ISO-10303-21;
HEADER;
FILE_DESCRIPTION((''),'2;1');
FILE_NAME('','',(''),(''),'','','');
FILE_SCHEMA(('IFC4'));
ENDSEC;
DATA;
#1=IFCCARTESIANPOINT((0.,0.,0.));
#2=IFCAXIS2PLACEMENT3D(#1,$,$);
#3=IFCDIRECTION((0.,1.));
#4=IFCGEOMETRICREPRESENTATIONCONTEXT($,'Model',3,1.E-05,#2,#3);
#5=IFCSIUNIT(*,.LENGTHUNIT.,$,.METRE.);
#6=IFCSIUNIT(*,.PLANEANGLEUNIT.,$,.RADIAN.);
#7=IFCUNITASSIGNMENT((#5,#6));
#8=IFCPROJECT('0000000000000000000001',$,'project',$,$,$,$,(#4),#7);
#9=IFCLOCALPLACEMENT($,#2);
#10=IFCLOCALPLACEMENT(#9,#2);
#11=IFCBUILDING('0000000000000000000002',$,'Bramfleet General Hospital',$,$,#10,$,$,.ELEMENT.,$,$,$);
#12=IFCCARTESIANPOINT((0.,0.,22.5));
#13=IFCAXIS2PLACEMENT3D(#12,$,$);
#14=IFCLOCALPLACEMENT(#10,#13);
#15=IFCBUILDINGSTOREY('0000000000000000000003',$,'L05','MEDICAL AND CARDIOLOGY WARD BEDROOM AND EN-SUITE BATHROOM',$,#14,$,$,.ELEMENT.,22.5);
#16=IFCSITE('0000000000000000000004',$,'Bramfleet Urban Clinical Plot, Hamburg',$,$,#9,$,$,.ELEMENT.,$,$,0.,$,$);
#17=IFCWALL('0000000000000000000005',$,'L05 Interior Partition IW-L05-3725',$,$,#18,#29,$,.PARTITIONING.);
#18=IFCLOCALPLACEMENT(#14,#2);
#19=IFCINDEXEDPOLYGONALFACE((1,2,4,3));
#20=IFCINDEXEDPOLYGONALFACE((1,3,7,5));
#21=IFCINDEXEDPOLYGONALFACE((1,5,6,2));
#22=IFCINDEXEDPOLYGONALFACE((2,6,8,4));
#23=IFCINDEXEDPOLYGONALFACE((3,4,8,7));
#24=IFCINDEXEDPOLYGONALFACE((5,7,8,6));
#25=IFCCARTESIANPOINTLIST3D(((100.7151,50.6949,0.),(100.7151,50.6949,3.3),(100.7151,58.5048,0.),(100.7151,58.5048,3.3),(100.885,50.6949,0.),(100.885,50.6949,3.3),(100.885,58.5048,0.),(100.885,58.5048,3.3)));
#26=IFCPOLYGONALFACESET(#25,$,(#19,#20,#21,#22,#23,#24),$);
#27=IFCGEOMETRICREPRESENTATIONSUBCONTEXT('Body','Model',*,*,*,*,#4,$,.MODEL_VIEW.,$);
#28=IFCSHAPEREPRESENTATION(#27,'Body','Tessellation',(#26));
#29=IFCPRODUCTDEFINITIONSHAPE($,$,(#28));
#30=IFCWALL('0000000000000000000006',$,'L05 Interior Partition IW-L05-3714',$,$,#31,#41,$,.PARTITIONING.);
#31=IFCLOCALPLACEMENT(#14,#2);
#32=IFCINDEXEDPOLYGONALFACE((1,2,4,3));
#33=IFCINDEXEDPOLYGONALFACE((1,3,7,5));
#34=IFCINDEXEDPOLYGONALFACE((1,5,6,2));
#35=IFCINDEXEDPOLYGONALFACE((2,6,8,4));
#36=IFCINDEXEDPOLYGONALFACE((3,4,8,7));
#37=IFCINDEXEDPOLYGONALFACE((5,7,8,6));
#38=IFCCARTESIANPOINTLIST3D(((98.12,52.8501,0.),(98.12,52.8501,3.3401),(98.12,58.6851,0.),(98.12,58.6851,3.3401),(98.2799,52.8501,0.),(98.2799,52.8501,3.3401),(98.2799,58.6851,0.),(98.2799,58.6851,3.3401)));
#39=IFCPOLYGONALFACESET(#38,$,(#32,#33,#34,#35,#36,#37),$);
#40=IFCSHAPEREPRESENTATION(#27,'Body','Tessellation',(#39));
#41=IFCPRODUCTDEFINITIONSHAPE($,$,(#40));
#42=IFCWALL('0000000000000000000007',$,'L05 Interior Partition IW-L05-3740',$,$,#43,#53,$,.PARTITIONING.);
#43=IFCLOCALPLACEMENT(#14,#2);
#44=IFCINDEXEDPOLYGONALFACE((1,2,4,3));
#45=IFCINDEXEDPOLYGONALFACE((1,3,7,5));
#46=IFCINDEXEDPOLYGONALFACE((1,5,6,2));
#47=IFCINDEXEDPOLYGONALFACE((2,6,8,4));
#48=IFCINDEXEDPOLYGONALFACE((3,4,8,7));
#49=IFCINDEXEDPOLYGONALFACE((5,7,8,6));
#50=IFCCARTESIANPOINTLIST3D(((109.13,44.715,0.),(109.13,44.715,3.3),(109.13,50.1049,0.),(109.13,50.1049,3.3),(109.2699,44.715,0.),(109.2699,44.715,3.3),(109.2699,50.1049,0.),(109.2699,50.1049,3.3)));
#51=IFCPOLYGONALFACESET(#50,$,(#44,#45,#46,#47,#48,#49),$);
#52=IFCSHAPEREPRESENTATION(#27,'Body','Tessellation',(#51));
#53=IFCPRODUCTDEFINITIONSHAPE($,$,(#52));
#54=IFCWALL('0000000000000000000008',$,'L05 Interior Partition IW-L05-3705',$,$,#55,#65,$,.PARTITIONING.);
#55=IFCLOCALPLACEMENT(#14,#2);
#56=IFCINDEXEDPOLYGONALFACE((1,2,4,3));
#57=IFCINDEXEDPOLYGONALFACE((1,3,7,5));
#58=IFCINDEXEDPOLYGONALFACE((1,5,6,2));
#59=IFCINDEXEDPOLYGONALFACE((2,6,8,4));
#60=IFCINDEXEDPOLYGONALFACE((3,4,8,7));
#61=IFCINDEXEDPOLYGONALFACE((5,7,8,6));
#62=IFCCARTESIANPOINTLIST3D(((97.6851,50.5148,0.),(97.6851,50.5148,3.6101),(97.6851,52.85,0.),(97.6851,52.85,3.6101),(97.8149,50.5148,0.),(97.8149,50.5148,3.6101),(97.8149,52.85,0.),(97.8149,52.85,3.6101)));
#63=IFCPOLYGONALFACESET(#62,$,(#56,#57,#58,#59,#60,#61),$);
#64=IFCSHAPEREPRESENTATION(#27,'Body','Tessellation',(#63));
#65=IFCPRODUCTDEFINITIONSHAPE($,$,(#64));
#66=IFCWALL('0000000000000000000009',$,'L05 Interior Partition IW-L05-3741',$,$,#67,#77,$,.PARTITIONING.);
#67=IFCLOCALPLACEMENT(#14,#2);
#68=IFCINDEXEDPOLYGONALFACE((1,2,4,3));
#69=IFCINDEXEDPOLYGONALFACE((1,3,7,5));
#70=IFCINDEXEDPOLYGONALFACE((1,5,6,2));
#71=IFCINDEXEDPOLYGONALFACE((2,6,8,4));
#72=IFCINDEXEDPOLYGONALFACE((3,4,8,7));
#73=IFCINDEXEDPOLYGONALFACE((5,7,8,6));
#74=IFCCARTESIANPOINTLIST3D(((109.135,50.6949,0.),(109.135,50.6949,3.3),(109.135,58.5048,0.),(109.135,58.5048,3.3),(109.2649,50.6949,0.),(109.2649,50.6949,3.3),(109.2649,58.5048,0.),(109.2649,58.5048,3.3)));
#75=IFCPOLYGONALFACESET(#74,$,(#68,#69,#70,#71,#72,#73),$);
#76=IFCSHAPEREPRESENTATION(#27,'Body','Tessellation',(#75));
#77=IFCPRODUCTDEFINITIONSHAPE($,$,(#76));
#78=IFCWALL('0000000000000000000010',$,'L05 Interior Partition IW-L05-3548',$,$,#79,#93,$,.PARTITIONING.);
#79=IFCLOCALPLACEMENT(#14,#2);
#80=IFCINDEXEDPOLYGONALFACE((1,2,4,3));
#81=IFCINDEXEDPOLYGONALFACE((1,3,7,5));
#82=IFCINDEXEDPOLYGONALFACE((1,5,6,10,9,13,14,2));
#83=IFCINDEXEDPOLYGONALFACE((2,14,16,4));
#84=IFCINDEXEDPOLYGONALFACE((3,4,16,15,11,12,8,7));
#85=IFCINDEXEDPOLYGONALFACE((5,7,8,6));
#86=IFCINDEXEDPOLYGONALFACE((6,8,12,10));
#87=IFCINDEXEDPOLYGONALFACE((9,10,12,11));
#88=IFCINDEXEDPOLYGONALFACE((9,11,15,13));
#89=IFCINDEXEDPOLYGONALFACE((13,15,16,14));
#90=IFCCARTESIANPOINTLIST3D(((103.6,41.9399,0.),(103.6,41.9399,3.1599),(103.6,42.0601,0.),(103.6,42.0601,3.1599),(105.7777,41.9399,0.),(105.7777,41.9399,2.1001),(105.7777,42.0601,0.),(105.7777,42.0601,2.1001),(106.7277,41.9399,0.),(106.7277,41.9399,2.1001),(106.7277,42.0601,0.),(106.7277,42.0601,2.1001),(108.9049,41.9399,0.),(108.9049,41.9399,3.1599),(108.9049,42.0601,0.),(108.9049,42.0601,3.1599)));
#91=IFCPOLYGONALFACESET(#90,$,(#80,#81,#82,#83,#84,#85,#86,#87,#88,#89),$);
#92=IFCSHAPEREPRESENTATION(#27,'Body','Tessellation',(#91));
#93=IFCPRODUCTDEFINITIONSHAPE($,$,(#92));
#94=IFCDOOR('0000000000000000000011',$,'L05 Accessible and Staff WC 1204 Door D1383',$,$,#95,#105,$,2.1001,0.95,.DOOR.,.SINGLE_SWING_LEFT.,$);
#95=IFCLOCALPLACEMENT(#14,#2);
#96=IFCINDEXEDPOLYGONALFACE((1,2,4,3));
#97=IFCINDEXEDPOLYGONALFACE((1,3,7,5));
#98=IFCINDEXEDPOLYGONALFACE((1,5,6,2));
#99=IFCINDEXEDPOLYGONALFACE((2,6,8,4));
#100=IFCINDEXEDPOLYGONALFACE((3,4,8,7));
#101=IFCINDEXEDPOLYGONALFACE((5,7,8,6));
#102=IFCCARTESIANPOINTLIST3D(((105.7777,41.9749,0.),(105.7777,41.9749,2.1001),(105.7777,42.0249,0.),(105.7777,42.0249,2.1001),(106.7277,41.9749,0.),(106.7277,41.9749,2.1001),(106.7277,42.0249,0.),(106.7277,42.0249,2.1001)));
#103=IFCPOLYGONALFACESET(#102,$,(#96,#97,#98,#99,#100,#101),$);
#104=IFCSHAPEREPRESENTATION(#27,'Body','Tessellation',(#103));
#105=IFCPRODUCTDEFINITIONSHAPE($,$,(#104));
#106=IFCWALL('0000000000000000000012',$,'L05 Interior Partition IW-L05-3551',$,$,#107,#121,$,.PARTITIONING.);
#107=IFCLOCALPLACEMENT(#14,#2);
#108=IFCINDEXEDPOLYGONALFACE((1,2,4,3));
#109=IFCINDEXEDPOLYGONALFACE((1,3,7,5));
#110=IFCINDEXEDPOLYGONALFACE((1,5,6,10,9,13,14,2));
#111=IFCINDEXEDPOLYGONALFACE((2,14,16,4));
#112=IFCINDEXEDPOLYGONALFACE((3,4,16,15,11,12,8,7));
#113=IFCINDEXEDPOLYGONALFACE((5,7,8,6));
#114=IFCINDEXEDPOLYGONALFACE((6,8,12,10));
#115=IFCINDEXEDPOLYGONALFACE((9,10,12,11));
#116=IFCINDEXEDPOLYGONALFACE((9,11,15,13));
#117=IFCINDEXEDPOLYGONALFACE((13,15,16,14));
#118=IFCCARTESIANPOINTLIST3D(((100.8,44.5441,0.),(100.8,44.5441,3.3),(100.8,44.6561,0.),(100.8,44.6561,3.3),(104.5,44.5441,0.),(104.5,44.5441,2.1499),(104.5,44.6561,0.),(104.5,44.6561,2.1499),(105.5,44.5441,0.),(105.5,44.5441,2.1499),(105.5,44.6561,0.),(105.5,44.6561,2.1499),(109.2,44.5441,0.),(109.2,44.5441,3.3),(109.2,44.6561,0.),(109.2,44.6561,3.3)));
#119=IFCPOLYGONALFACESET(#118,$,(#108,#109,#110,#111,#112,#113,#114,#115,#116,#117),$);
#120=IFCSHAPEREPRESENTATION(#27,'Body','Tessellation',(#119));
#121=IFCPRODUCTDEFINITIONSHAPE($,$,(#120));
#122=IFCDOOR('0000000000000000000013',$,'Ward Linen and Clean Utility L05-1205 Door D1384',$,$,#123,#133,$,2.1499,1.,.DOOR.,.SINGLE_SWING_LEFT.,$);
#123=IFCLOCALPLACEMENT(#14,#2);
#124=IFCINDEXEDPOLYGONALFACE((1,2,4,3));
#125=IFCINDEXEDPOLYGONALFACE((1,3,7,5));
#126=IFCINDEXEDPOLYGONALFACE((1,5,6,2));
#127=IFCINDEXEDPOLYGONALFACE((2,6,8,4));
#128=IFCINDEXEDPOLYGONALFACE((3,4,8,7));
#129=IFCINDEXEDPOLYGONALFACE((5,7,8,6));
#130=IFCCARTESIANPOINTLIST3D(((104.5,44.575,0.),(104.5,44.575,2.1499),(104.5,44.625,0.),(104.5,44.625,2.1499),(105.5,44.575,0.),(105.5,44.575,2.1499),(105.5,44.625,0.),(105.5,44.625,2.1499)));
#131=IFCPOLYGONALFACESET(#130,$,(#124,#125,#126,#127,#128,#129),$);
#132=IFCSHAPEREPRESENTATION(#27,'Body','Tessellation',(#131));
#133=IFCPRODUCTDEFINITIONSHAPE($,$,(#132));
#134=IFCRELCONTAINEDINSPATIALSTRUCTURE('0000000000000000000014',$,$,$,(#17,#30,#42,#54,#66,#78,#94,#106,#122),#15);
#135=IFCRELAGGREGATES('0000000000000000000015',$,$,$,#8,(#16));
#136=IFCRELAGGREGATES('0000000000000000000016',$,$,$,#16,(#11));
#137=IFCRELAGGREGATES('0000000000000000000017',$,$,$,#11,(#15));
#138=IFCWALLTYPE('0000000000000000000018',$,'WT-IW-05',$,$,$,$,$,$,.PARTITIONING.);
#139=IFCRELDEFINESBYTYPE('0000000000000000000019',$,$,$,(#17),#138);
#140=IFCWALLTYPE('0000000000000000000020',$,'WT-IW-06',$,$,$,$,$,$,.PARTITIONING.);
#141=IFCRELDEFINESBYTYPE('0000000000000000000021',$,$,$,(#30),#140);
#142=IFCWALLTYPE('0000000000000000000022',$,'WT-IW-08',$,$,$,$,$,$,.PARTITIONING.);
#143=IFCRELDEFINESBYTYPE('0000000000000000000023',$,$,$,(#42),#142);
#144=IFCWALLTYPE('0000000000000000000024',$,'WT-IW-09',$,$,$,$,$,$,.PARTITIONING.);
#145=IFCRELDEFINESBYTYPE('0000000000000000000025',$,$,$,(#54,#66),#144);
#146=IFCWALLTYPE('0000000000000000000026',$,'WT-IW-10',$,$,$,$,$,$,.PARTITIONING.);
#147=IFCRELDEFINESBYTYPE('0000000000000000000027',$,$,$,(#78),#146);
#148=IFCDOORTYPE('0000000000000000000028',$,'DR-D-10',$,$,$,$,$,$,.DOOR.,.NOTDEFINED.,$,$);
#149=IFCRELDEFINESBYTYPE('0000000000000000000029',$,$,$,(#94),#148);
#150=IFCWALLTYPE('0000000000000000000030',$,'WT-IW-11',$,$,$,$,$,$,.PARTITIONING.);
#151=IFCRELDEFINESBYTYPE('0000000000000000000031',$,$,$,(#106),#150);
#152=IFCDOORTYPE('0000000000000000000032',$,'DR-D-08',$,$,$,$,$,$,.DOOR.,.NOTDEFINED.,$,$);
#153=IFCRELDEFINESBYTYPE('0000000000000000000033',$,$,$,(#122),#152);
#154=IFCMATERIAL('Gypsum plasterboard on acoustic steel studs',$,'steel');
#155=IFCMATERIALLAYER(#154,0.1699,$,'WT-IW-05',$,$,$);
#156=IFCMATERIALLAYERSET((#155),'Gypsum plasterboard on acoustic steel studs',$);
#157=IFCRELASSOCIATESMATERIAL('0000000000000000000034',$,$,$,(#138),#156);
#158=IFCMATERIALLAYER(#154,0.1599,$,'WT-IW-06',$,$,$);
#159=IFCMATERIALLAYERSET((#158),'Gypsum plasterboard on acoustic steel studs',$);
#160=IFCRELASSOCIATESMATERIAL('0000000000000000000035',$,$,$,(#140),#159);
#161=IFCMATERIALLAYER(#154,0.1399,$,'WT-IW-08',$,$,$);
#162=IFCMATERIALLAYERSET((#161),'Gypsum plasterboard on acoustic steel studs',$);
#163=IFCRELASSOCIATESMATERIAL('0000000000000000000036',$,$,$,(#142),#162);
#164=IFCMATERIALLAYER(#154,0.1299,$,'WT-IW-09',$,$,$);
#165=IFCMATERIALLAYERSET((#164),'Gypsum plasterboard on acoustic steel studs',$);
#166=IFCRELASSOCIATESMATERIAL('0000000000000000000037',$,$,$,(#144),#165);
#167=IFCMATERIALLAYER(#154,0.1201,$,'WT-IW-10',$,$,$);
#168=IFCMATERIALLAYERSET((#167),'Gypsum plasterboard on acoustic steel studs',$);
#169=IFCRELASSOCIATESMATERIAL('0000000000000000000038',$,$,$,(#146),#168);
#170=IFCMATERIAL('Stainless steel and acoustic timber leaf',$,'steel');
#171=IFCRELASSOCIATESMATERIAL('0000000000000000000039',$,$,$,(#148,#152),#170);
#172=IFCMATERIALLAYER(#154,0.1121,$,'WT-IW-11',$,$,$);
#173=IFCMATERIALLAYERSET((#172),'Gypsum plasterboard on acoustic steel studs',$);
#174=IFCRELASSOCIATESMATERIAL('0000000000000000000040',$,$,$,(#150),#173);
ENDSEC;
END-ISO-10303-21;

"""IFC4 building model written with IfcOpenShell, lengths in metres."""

from ifc_helpers import new_model, si_unit, direction, frame, frame_2d, origin, place, context, subcontext, project, spatial, rectangle, extrude, material, layer, layer_set, type_object, element, fill, save


model = new_model("IFC4")

# Units and contexts
model_context = context("Model", 3, precision=1e-05, world=origin(), true_north=direction((0.0, 1.0)))
body_context = subcontext(model_context, "Body", "Model", "MODEL_VIEW")
ifc_project = project(units=[si_unit("LENGTHUNIT", "METRE"), si_unit("PLANEANGLEUNIT", "RADIAN")], contexts=[model_context])

# Site, building, storey
site_placement = place(None, origin())
site = spatial("IfcSite", under=ifc_project, at=site_placement, Name="Bramfleet Urban Clinical Plot, Hamburg", CompositionType="ELEMENT", RefElevation=0.0)
building_placement = place(site_placement, origin())
building = spatial("IfcBuilding", under=site, at=building_placement, Name="Bramfleet General Hospital", CompositionType="ELEMENT")
storey_placement = place(building_placement, frame((0.0, 0.0, 22.5)))
storey = spatial("IfcBuildingStorey", under=building, at=storey_placement, Name="L05", Description="MEDICAL AND CARDIOLOGY WARD BEDROOM AND EN-SUITE BATHROOM", CompositionType="ELEMENT", Elevation=22.5)

# Walls
ifc_material_1 = material(Name="Gypsum plasterboard on acoustic steel studs", Category="steel")
ifc_layer_1 = layer(ifc_material_1, 0.1699, Name="WT-IW-05")
ifc_layer_set_1 = layer_set([ifc_layer_1], Name="Gypsum plasterboard on acoustic steel studs")
wall_type_1 = type_object("IfcWallType", Name="WT-IW-05", PredefinedType="PARTITIONING", material=ifc_layer_set_1)
wall_1_placement = place(storey_placement, frame((100.8, 50.6951, 0.0), z_axis=(0.0, 0.0, 1.0), x_axis=(0.0, 1.0, 0.0)))
element("IfcWall", 1, at=wall_1_placement, inside=storey, type_object=wall_type_1, Name="L05 Interior Partition IW-L05-3725", PredefinedType="PARTITIONING", context=body_context, shape_type="SweptSolid", body=[
    extrude(rectangle(XDim=7.8098, YDim=0.1699, at=frame_2d((3.9048, 0.0))), origin(), (0.0, 0.0, 1.0), 3.3),
])
ifc_layer_2 = layer(ifc_material_1, 0.1599, Name="WT-IW-06")
ifc_layer_set_2 = layer_set([ifc_layer_2], Name="Gypsum plasterboard on acoustic steel studs")
wall_type_2 = type_object("IfcWallType", Name="WT-IW-06", PredefinedType="PARTITIONING", material=ifc_layer_set_2)
wall_2_placement = place(storey_placement, frame((98.2, 52.8501, 0.0), z_axis=(0.0, 0.0, 1.0), x_axis=(0.0, 1.0, 0.0)))
element("IfcWall", 2, at=wall_2_placement, inside=storey, type_object=wall_type_2, Name="L05 Interior Partition IW-L05-3714", PredefinedType="PARTITIONING", context=body_context, shape_type="SweptSolid", body=[
    extrude(rectangle(XDim=5.835, YDim=0.1599, at=frame_2d((2.9175, 0.0))), origin(), (0.0, 0.0, 1.0), 3.3401),
])
ifc_layer_3 = layer(ifc_material_1, 0.1399, Name="WT-IW-08")
ifc_layer_set_3 = layer_set([ifc_layer_3], Name="Gypsum plasterboard on acoustic steel studs")
wall_type_3 = type_object("IfcWallType", Name="WT-IW-08", PredefinedType="PARTITIONING", material=ifc_layer_set_3)
wall_3_placement = place(storey_placement, frame((109.2, 44.7151, 0.0), z_axis=(0.0, 0.0, 1.0), x_axis=(0.0, 1.0, 0.0)))
element("IfcWall", 3, at=wall_3_placement, inside=storey, type_object=wall_type_3, Name="L05 Interior Partition IW-L05-3740", PredefinedType="PARTITIONING", context=body_context, shape_type="SweptSolid", body=[
    extrude(rectangle(XDim=5.3899, YDim=0.1399, at=frame_2d((2.6948, 0.0))), origin(), (0.0, 0.0, 1.0), 3.3),
])
ifc_layer_4 = layer(ifc_material_1, 0.1299, Name="WT-IW-09")
ifc_layer_set_4 = layer_set([ifc_layer_4], Name="Gypsum plasterboard on acoustic steel studs")
wall_type_4 = type_object("IfcWallType", Name="WT-IW-09", PredefinedType="PARTITIONING", material=ifc_layer_set_4)
wall_4_placement = place(storey_placement, frame((97.75, 50.5149, 0.0), z_axis=(0.0, 0.0, 1.0), x_axis=(0.0, 1.0, 0.0)))
element("IfcWall", 4, at=wall_4_placement, inside=storey, type_object=wall_type_4, Name="L05 Interior Partition IW-L05-3705", PredefinedType="PARTITIONING", context=body_context, shape_type="SweptSolid", body=[
    extrude(rectangle(XDim=2.3352, YDim=0.1299, at=frame_2d((1.1675, 0.0))), origin(), (0.0, 0.0, 1.0), 3.6101),
])
wall_5_placement = place(storey_placement, frame((109.2, 50.6951, 0.0), z_axis=(0.0, 0.0, 1.0), x_axis=(0.0, 1.0, 0.0)))
element("IfcWall", 5, at=wall_5_placement, inside=storey, type_object=wall_type_4, Name="L05 Interior Partition IW-L05-3741", PredefinedType="PARTITIONING", context=body_context, shape_type="SweptSolid", body=[
    extrude(rectangle(XDim=7.8098, YDim=0.1299, at=frame_2d((3.9048, 0.0))), origin(), (0.0, 0.0, 1.0), 3.3),
])

# Walls, openings, doors
ifc_layer_5 = layer(ifc_material_1, 0.1201, Name="WT-IW-10")
ifc_layer_set_5 = layer_set([ifc_layer_5], Name="Gypsum plasterboard on acoustic steel studs")
wall_type_5 = type_object("IfcWallType", Name="WT-IW-10", PredefinedType="PARTITIONING", material=ifc_layer_set_5)
wall_6_placement = place(storey_placement, frame((103.6001, 42.0, 0.0), z_axis=(0.0, 0.0, 1.0), x_axis=(1.0, 0.0, 0.0)))
wall_6 = element("IfcWall", 6, at=wall_6_placement, inside=storey, type_object=wall_type_5, Name="L05 Interior Partition IW-L05-3548", PredefinedType="PARTITIONING", context=body_context, shape_type="SweptSolid", body=[
    extrude(rectangle(XDim=5.3049, YDim=0.1201, at=frame_2d((2.6523, 0.0))), origin(), (0.0, 0.0, 1.0), 3.1599),
])
opening_1_placement = place(wall_6_placement, frame((2.1775, 0.0, 0.0)))
opening_1 = element("IfcOpeningElement", 7, at=opening_1_placement, cuts=wall_6, PredefinedType="OPENING", context=body_context, shape_type="SweptSolid", body=[
    extrude(rectangle(XDim=0.95, YDim=2.1001, at=frame_2d((0.4751, 1.05))), frame((0.0, 0.0701, 0.0), z_axis=(0.0, -1.0, 0.0), x_axis=(1.0, 0.0, 0.0)), (0.0, 0.0, 1.0), 0.1401),
])
ifc_material_2 = material(Name="Stainless steel and acoustic timber leaf", Category="steel")
door_type_1 = type_object("IfcDoorType", Name="DR-D-10", OperationType="NOTDEFINED", PredefinedType="DOOR", material=ifc_material_2)
door_1_placement = place(opening_1_placement, origin())
door_1 = element("IfcDoor", 8, at=door_1_placement, inside=storey, type_object=door_type_1, Name="L05 Accessible and Staff WC 1204 Door D1383", OperationType="SINGLE_SWING_LEFT", OverallHeight=2.1001, OverallWidth=0.95, PredefinedType="DOOR", context=body_context, shape_type="SweptSolid", body=[
    extrude(rectangle(XDim=0.95, YDim=2.1001, at=frame_2d((0.4751, 1.05))), frame((0.0, 0.0249, 0.0), z_axis=(0.0, -1.0, 0.0), x_axis=(1.0, 0.0, 0.0)), (0.0, 0.0, 1.0), 0.05),
])
fill(opening_1, door_1)
ifc_layer_6 = layer(ifc_material_1, 0.1121, Name="WT-IW-11")
ifc_layer_set_6 = layer_set([ifc_layer_6], Name="Gypsum plasterboard on acoustic steel studs")
wall_type_6 = type_object("IfcWallType", Name="WT-IW-11", PredefinedType="PARTITIONING", material=ifc_layer_set_6)
wall_7_placement = place(storey_placement, frame((100.8, 44.6001, 0.0), z_axis=(0.0, 0.0, 1.0), x_axis=(1.0, 0.0, 0.0)))
wall_7 = element("IfcWall", 9, at=wall_7_placement, inside=storey, type_object=wall_type_6, Name="L05 Interior Partition IW-L05-3551", PredefinedType="PARTITIONING", context=body_context, shape_type="SweptSolid", body=[
    extrude(rectangle(XDim=8.3999, YDim=0.1121, at=frame_2d((4.2, 0.0))), origin(), (0.0, 0.0, 1.0), 3.3),
])
opening_2_placement = place(wall_7_placement, frame((3.7, 0.0, 0.0)))
opening_2 = element("IfcOpeningElement", 10, at=opening_2_placement, cuts=wall_7, PredefinedType="OPENING", context=body_context, shape_type="SweptSolid", body=[
    extrude(rectangle(XDim=1.0, YDim=2.1499, at=frame_2d((0.5, 1.075))), frame((0.0, 0.0659, 0.0), z_axis=(0.0, -1.0, 0.0), x_axis=(1.0, 0.0, 0.0)), (0.0, 0.0, 1.0), 0.1321),
])
door_type_2 = type_object("IfcDoorType", Name="DR-D-08", OperationType="NOTDEFINED", PredefinedType="DOOR", material=ifc_material_2)
door_2_placement = place(opening_2_placement, origin())
door_2 = element("IfcDoor", 11, at=door_2_placement, inside=storey, type_object=door_type_2, Name="Ward Linen and Clean Utility L05-1205 Door D1384", OperationType="SINGLE_SWING_LEFT", OverallHeight=2.1499, OverallWidth=1.0, PredefinedType="DOOR", context=body_context, shape_type="SweptSolid", body=[
    extrude(rectangle(XDim=1.0, YDim=2.1499, at=frame_2d((0.5, 1.075))), frame((0.0, 0.0249, 0.0), z_axis=(0.0, -1.0, 0.0), x_axis=(1.0, 0.0, 0.0)), (0.0, 0.0, 1.0), 0.05),
])
fill(opening_2, door_2)

save(model, "model.ifc")
